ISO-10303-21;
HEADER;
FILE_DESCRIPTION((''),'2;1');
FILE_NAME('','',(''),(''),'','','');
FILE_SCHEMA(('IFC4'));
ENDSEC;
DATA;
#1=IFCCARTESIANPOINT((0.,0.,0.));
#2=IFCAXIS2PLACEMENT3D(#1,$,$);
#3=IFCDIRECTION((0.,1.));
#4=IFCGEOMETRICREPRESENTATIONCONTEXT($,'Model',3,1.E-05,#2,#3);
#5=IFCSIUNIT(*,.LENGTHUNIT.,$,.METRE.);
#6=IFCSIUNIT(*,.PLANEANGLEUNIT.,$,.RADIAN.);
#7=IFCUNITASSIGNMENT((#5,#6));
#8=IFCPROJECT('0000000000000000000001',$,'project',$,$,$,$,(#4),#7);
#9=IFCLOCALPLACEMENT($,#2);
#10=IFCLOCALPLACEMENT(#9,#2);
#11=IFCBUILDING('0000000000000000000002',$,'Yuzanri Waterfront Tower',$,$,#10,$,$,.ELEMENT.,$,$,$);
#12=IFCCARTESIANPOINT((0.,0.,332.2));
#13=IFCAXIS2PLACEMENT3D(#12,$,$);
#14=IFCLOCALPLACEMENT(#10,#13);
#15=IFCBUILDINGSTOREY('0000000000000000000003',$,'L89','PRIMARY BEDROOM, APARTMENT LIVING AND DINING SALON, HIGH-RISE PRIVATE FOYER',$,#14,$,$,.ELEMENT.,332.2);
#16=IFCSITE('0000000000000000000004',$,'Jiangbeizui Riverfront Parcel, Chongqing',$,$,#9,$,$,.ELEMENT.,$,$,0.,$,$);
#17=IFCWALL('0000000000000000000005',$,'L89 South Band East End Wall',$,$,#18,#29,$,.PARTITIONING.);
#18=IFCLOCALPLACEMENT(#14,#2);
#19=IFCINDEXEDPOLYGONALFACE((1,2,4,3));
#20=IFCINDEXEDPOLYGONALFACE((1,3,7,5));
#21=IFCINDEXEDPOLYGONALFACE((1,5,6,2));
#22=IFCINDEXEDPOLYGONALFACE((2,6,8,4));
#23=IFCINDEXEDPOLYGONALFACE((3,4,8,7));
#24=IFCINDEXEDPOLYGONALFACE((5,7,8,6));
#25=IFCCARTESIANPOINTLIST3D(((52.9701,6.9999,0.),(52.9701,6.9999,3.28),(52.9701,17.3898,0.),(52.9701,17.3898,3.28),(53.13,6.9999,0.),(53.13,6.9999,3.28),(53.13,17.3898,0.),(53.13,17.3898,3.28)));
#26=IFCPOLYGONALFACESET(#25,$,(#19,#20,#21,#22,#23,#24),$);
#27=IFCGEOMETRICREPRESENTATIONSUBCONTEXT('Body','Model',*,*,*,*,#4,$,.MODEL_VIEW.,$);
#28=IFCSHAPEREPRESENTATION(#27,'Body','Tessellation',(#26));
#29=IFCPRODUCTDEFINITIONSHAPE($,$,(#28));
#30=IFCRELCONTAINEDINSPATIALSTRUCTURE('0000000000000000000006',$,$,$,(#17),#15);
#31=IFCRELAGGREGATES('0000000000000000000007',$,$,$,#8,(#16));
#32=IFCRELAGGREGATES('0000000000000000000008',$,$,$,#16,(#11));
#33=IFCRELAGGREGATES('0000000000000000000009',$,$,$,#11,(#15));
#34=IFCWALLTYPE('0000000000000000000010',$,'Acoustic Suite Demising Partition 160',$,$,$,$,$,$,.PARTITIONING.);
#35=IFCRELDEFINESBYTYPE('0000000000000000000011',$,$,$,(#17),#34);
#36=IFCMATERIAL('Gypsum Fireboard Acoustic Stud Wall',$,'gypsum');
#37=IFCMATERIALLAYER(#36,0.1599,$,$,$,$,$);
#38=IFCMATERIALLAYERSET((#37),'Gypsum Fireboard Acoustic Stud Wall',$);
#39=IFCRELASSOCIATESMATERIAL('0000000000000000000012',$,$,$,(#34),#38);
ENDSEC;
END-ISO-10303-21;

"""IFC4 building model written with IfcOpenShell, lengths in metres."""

from ifc_helpers import new_model, si_unit, direction, frame, frame_2d, origin, place, context, subcontext, project, spatial, rectangle, extrude, source, transform, mapped, material, layer, layer_set, type_object, element, save


model = new_model("IFC4")

# Units and contexts
model_context = context("Model", 3, precision=1e-05, world=origin(), true_north=direction((0.0, 1.0)))
body_context = subcontext(model_context, "Body", "Model", "MODEL_VIEW")
ifc_project = project(units=[si_unit("LENGTHUNIT", "METRE"), si_unit("PLANEANGLEUNIT", "RADIAN")], contexts=[model_context])

# Site, building, storey
site_placement = place(None, origin())
site = spatial("IfcSite", under=ifc_project, at=site_placement, Name="Jiangbeizui Riverfront Parcel, Chongqing", CompositionType="ELEMENT", RefElevation=0.0)
building_placement = place(site_placement, origin())
building = spatial("IfcBuilding", under=site, at=building_placement, Name="Yuzanri Waterfront Tower", CompositionType="ELEMENT")
storey_placement = place(building_placement, frame((0.0, 0.0, 332.2)))
storey = spatial("IfcBuildingStorey", under=building, at=storey_placement, Name="L89", Description="PRIMARY BEDROOM, APARTMENT LIVING AND DINING SALON, HIGH-RISE PRIVATE FOYER", CompositionType="ELEMENT", Elevation=332.2)

# Wall
ifc_material_1 = material(Name="Gypsum Fireboard Acoustic Stud Wall", Category="gypsum")
ifc_layer_1 = layer(ifc_material_1, 0.1599)
ifc_layer_set_1 = layer_set([ifc_layer_1], Name="Gypsum Fireboard Acoustic Stud Wall")
wall_type_1 = type_object("IfcWallType", Name="Acoustic Suite Demising Partition 160", PredefinedType="PARTITIONING", material=ifc_layer_set_1)
shared_shape_1 = source(origin(), body_context, "Body", "SweptSolid", [
    extrude(rectangle(XDim=10.3899, YDim=0.1599, at=frame_2d((5.1948, 0.0))), origin(), (0.0, 0.0, 1.0), 3.28),
])
wall_1_placement = place(storey_placement, frame((53.05, 7.0, 0.0), z_axis=(0.0, 0.0, 1.0), x_axis=(0.0, 1.0, 0.0)))
element("IfcWall", 1, at=wall_1_placement, inside=storey, type_object=wall_type_1, Name="L89 South Band East End Wall", PredefinedType="PARTITIONING", context=body_context, shape_type="MappedRepresentation", body=[
    mapped(shared_shape_1, transform((0.0, 0.0, 0.0), scale=1.0)),
])

save(model, "model.ifc")
